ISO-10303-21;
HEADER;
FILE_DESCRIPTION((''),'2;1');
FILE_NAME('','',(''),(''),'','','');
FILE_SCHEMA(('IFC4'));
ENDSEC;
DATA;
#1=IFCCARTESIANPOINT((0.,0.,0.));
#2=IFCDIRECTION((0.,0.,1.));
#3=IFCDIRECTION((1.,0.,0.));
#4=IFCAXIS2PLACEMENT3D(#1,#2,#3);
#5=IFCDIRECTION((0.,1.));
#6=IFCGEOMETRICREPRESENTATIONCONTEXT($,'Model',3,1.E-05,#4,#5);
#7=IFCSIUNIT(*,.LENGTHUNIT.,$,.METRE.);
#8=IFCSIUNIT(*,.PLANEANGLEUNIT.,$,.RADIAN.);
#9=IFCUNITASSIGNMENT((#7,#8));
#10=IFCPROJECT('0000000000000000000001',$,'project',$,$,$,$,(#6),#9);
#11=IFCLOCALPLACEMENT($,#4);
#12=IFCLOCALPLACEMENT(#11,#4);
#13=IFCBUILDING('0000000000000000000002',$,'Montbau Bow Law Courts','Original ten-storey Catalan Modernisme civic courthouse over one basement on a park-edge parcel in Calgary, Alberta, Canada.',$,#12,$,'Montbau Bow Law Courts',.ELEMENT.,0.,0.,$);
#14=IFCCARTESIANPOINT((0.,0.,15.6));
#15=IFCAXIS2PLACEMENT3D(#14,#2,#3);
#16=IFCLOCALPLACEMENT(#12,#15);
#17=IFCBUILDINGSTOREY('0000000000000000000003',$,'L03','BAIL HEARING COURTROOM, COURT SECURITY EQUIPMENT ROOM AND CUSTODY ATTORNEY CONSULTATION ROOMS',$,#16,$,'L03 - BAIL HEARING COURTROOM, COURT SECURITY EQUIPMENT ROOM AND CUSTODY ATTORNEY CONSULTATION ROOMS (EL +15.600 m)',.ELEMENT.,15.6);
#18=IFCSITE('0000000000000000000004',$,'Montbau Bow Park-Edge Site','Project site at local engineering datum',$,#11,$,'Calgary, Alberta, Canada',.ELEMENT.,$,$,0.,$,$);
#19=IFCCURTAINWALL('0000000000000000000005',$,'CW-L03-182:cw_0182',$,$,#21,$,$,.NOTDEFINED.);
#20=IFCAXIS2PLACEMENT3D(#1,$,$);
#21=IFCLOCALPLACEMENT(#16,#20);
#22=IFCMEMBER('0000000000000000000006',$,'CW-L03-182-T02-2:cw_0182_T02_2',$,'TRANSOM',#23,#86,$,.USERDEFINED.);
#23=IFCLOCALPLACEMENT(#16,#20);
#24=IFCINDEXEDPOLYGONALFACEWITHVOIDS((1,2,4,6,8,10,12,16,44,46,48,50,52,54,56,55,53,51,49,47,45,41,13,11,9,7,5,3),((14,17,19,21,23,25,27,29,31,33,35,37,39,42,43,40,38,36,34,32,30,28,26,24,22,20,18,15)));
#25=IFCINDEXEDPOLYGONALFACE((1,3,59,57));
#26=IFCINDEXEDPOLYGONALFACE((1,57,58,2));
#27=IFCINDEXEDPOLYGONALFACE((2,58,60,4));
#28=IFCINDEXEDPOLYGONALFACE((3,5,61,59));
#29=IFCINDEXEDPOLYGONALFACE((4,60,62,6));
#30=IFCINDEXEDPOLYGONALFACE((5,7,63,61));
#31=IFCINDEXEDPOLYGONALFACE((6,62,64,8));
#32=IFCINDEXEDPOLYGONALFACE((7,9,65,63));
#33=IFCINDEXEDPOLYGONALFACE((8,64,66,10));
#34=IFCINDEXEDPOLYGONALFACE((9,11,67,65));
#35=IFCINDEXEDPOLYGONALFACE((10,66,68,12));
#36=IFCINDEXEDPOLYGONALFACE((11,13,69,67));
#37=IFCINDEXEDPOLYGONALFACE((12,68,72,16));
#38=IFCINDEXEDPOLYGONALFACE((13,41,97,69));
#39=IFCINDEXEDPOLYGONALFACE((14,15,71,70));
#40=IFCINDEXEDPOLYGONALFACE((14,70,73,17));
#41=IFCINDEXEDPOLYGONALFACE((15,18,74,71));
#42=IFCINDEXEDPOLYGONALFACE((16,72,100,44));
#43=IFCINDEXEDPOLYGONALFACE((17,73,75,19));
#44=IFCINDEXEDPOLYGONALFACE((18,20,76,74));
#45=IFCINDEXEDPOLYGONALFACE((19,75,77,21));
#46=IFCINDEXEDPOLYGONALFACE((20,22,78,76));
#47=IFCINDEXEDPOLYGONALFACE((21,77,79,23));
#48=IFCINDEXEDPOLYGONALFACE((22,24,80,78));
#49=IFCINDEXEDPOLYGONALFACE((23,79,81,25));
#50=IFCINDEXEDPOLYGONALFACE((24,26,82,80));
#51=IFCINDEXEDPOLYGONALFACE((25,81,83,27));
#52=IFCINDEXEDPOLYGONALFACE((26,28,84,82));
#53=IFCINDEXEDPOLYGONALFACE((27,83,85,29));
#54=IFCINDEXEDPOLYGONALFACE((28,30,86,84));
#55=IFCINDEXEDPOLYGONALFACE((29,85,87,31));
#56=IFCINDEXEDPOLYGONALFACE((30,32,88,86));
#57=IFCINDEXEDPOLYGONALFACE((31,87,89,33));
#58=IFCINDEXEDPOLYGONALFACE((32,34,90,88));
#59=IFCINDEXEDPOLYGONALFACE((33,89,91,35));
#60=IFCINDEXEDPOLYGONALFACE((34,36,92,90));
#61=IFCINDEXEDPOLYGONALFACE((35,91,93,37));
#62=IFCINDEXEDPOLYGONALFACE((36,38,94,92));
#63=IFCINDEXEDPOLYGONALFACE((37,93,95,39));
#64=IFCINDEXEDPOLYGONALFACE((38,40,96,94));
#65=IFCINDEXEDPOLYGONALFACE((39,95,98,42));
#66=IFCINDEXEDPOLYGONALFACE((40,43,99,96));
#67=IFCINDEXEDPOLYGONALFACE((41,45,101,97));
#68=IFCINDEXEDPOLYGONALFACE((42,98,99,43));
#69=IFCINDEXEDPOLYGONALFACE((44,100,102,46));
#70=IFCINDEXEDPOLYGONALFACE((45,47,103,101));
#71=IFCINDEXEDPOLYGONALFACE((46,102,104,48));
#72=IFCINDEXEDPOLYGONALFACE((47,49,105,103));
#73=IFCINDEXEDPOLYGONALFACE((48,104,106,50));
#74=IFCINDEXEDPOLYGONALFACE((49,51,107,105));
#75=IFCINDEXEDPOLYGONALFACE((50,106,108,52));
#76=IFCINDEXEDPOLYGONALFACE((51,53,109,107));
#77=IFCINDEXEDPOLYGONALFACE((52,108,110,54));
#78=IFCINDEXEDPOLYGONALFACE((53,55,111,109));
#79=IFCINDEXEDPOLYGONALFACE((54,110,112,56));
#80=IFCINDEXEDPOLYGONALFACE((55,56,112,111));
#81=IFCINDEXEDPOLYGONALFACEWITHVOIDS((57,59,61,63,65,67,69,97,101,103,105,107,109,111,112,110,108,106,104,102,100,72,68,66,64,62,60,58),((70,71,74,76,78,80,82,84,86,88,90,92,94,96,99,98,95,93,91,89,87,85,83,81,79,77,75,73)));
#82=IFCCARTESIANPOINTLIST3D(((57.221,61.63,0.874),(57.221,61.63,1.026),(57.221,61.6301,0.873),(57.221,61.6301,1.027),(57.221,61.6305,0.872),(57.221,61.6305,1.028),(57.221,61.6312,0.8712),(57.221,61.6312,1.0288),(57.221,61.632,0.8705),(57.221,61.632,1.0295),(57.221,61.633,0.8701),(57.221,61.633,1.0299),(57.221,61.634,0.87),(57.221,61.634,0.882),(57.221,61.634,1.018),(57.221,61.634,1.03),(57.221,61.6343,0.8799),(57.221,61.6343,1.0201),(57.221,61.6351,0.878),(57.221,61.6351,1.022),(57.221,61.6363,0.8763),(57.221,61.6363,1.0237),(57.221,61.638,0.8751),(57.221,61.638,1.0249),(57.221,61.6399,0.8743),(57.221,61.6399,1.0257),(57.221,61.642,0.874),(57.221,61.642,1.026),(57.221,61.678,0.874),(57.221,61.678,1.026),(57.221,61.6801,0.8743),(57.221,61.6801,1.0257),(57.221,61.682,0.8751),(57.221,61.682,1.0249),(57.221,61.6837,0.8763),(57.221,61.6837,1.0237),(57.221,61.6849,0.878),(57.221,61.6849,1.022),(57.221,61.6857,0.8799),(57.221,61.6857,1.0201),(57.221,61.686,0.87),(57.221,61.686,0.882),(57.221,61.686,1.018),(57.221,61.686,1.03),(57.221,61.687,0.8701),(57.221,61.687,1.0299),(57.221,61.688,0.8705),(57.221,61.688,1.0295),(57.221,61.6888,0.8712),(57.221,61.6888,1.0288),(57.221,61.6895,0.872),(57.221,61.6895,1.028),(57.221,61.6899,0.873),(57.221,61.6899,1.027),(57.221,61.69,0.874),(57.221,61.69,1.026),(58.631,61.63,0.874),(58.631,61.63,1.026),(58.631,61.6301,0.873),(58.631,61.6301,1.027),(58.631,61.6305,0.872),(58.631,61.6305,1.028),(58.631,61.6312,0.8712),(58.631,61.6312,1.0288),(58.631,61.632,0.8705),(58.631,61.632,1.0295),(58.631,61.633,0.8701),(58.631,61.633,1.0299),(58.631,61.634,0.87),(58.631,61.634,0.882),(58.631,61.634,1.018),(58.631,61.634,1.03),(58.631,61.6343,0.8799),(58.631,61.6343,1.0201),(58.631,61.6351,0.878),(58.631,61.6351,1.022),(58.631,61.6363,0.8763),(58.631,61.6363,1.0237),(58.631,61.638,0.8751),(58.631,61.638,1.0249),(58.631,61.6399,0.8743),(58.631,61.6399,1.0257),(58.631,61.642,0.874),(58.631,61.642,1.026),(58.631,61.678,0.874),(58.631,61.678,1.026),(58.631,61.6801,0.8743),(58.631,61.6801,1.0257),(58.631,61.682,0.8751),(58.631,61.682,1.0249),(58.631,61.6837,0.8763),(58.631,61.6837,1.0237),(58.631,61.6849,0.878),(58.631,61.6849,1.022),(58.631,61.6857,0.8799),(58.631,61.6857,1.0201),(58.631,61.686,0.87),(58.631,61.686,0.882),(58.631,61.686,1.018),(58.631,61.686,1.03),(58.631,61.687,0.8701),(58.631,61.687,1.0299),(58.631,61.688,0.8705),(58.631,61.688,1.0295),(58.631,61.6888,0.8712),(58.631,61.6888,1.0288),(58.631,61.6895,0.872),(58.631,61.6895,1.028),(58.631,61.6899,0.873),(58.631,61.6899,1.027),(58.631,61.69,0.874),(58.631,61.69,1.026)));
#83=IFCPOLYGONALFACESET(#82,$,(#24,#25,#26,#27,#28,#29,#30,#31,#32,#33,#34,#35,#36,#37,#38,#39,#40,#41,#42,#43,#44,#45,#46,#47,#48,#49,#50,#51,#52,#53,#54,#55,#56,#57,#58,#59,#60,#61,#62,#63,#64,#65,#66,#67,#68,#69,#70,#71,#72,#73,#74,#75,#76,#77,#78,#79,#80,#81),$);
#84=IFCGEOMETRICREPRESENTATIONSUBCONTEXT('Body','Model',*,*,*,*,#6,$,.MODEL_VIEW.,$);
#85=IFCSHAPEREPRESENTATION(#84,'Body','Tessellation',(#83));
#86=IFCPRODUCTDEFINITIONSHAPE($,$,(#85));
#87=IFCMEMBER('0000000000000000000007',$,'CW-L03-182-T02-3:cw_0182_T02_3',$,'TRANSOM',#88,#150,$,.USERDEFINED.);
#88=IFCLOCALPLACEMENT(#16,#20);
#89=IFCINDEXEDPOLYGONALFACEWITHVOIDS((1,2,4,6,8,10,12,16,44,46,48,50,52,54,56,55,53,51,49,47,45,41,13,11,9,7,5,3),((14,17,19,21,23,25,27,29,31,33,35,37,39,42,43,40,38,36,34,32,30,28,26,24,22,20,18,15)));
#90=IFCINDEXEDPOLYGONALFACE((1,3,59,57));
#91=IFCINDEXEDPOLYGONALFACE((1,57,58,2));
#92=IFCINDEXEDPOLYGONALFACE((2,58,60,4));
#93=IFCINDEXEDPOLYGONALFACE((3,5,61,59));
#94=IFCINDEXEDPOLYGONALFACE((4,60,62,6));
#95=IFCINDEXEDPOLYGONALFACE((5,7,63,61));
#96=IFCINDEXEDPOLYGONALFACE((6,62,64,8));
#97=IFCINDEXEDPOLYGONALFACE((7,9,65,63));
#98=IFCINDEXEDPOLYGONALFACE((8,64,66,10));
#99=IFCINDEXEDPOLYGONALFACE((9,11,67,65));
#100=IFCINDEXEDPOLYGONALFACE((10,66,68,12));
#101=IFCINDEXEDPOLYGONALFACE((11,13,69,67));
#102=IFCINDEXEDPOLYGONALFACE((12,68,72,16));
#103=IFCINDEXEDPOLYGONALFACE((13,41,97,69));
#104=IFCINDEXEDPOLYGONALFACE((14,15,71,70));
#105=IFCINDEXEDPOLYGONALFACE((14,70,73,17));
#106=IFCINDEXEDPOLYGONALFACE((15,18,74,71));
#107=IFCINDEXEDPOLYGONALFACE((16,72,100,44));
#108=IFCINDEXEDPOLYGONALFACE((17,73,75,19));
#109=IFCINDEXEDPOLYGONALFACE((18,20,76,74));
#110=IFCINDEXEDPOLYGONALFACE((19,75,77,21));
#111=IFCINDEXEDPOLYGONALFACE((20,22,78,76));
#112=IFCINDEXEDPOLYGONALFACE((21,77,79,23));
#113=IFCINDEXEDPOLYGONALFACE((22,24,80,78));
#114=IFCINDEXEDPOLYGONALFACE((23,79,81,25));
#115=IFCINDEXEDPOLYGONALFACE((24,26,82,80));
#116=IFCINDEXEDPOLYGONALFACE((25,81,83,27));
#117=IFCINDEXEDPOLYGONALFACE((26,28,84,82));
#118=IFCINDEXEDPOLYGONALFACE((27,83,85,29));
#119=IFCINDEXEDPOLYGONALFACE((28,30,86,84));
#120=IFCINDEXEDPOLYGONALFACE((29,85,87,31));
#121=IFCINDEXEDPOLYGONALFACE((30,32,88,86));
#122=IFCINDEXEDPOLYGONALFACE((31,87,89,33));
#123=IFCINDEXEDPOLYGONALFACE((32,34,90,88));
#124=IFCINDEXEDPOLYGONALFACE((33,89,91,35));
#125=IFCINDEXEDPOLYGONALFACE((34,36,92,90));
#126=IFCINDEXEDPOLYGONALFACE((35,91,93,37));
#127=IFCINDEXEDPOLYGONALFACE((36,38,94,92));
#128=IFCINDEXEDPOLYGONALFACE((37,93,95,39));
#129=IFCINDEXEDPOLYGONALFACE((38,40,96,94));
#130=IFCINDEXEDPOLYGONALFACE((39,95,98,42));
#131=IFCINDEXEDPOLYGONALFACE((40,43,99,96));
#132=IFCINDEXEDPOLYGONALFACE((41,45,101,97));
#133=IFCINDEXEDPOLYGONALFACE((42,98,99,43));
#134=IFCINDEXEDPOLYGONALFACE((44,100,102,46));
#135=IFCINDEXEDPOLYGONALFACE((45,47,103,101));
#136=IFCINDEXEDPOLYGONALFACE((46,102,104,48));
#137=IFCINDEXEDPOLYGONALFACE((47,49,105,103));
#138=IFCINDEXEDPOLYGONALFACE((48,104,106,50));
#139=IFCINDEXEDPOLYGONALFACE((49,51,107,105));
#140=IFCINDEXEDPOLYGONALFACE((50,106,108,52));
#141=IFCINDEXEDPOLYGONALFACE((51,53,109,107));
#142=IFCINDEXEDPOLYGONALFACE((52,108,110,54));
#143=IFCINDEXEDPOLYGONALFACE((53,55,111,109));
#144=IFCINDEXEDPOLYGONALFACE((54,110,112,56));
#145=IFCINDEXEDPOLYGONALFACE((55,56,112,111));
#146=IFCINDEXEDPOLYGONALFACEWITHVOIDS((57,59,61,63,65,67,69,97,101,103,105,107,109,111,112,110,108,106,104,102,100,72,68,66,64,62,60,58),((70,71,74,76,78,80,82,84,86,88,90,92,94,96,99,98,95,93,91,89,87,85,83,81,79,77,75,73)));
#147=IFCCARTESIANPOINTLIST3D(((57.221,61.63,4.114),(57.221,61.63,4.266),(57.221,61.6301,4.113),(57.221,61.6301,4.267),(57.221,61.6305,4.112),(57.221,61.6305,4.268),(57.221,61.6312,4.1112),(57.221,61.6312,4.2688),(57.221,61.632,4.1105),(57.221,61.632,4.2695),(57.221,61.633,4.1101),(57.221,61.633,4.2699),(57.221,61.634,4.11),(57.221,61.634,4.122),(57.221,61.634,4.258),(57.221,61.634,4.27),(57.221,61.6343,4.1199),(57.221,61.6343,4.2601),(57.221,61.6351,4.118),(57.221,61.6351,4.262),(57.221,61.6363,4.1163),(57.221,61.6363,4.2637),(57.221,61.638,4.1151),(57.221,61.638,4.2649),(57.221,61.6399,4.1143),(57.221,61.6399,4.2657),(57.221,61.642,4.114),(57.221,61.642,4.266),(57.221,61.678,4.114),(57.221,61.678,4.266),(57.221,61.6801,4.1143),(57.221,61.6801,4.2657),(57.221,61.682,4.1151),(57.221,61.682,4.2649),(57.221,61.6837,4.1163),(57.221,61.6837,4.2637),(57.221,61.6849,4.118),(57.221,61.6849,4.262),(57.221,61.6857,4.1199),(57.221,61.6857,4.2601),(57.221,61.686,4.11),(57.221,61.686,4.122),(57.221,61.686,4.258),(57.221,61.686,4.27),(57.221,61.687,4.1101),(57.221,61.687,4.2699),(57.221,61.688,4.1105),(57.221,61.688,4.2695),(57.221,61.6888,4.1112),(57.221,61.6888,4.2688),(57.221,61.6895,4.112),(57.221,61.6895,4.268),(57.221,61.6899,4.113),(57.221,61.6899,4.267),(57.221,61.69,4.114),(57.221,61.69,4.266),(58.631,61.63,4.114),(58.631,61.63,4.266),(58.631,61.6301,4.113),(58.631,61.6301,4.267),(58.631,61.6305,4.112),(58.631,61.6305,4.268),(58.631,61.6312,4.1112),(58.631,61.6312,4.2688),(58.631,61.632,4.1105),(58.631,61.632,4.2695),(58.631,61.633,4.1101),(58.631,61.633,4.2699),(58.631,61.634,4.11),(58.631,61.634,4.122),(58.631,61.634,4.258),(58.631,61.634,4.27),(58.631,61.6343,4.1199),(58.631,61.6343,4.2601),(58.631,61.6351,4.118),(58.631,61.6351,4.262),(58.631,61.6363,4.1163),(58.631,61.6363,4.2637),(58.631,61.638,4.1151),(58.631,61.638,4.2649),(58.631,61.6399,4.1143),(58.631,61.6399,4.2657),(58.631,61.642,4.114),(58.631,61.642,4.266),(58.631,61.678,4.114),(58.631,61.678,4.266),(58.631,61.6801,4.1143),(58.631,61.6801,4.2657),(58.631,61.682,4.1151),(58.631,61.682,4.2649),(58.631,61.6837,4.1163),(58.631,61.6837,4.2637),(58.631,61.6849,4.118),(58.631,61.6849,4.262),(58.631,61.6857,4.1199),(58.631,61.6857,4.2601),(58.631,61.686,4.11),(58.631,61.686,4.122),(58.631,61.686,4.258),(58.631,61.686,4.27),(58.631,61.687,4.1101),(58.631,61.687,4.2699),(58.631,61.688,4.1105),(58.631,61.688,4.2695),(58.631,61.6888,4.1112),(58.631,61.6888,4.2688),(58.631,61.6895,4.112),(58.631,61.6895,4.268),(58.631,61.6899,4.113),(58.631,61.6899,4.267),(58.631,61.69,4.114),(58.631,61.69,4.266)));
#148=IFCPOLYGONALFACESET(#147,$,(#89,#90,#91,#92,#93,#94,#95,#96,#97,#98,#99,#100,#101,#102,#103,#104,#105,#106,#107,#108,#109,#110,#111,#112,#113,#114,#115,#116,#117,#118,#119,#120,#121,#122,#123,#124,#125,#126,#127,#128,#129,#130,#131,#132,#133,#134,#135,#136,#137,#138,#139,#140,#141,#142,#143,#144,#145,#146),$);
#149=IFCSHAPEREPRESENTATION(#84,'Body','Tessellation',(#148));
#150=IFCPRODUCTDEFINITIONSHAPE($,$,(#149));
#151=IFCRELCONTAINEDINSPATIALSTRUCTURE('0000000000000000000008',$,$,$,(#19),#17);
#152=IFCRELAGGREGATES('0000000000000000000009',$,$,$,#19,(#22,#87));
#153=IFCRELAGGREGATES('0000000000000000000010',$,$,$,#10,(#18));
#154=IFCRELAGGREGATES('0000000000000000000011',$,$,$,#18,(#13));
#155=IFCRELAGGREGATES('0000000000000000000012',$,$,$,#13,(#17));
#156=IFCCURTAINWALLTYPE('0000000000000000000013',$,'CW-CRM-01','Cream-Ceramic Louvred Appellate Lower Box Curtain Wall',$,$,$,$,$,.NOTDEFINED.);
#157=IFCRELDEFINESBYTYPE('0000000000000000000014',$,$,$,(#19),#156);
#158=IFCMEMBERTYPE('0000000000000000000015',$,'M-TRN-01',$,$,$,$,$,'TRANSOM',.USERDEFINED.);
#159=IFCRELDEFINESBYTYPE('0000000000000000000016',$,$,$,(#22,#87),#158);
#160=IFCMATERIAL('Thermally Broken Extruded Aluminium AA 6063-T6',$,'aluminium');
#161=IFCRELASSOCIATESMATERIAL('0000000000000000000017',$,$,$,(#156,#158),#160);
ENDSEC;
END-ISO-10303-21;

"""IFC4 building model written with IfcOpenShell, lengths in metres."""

from ifc_helpers import new_model, si_unit, direction, frame, origin_with_axes, origin_2d_with_axis, place, context, subcontext, project, spatial, hollow_rectangle, extrude, material, material_profile, profile_set, type_object, element, aggregate, save


model = new_model("IFC4")

# Units and contexts
model_context = context("Model", 3, precision=1e-05, world=origin_with_axes(), true_north=direction((0.0, 1.0)))
body_context = subcontext(model_context, "Body", "Model", "MODEL_VIEW")
ifc_project = project(units=[si_unit("LENGTHUNIT", "METRE"), si_unit("PLANEANGLEUNIT", "RADIAN")], contexts=[model_context])

# Site, building, storey
site_placement = place(None, origin_with_axes())
site = spatial("IfcSite", under=ifc_project, at=site_placement, Name="Montbau Bow Park-Edge Site", Description="Project site at local engineering datum", LongName="Calgary, Alberta, Canada", CompositionType="ELEMENT", RefElevation=0.0)
building_placement = place(site_placement, origin_with_axes())
building = spatial("IfcBuilding", under=site, at=building_placement, Name="Montbau Bow Law Courts", Description="Original ten-storey Catalan Modernisme civic courthouse over one basement on a park-edge parcel in Calgary, Alberta, Canada.", LongName="Montbau Bow Law Courts", CompositionType="ELEMENT", ElevationOfRefHeight=0.0, ElevationOfTerrain=0.0)
storey_placement = place(building_placement, frame((0.0, 0.0, 15.6), z_axis=(0.0, 0.0, 1.0), x_axis=(1.0, 0.0, 0.0)))
storey = spatial("IfcBuildingStorey", under=building, at=storey_placement, Name="L03", Description="BAIL HEARING COURTROOM, COURT SECURITY EQUIPMENT ROOM AND CUSTODY ATTORNEY CONSULTATION ROOMS", LongName="L03 - BAIL HEARING COURTROOM, COURT SECURITY EQUIPMENT ROOM AND CUSTODY ATTORNEY CONSULTATION ROOMS (EL +15.600 m)", CompositionType="ELEMENT", Elevation=15.6)

# Curtain wall, members
ifc_material_1 = material(Name="Thermally Broken Extruded Aluminium AA 6063-T6", Category="aluminium")
curtain_wall_type = type_object("IfcCurtainWallType", Name="CW-CRM-01", Description="Cream-Ceramic Louvred Appellate Lower Box Curtain Wall", PredefinedType="NOTDEFINED", material=ifc_material_1)
curtain_wall_1_placement = place(None, frame((55.715, 61.66, 15.6), z_axis=(0.0, 0.0, 1.0), x_axis=(1.0, 0.0, 0.0)))
curtain_wall_1 = element("IfcCurtainWall", 1, at=curtain_wall_1_placement, inside=storey, type_object=curtain_wall_type, Name="CW-L03-182:cw_0182", PredefinedType="NOTDEFINED")
ifc_material_profile_1 = material_profile(ifc_material_1, hollow_rectangle(XDim=0.06, YDim=0.16, WallThickness=0.004, InnerFilletRadius=0.008, OuterFilletRadius=0.004, at=origin_2d_with_axis()), Name="CWT-160X60", Category="Main", Priority=0)
ifc_profile_set_1 = profile_set([ifc_material_profile_1], Name="Thermally Broken Extruded Aluminium AA 6063-T6")
member_type_1 = type_object("IfcMemberType", Name="M-TRN-01", ElementType="TRANSOM", PredefinedType="USERDEFINED", material=ifc_profile_set_1)
member_1_placement = place(None, frame((57.221, 61.66, 16.55), z_axis=(1.0, 0.0, 0.0), x_axis=(0.0, 1.0, 0.0)))
member_1 = element("IfcMember", 2, at=member_1_placement, type_object=member_type_1, Name="CW-L03-182-T02-2:cw_0182_T02_2", ObjectType="TRANSOM", PredefinedType="USERDEFINED", context=body_context, shape_type="SweptSolid", body=[
    extrude(hollow_rectangle(XDim=0.06, YDim=0.16, WallThickness=0.004, InnerFilletRadius=0.008, OuterFilletRadius=0.004, at=origin_2d_with_axis()), origin_with_axes(), (0.0, 0.0, 1.0), 1.41),
])
member_2_placement = place(None, frame((57.221, 61.66, 19.79), z_axis=(1.0, 0.0, 0.0), x_axis=(0.0, 1.0, 0.0)))
member_2 = element("IfcMember", 3, at=member_2_placement, type_object=member_type_1, Name="CW-L03-182-T02-3:cw_0182_T02_3", ObjectType="TRANSOM", PredefinedType="USERDEFINED", context=body_context, shape_type="SweptSolid", body=[
    extrude(hollow_rectangle(XDim=0.06, YDim=0.16, WallThickness=0.004, InnerFilletRadius=0.008, OuterFilletRadius=0.004, at=origin_2d_with_axis()), origin_with_axes(), (0.0, 0.0, 1.0), 1.41),
])

aggregate(curtain_wall_1, [member_1, member_2])

save(model, "model.ifc")
